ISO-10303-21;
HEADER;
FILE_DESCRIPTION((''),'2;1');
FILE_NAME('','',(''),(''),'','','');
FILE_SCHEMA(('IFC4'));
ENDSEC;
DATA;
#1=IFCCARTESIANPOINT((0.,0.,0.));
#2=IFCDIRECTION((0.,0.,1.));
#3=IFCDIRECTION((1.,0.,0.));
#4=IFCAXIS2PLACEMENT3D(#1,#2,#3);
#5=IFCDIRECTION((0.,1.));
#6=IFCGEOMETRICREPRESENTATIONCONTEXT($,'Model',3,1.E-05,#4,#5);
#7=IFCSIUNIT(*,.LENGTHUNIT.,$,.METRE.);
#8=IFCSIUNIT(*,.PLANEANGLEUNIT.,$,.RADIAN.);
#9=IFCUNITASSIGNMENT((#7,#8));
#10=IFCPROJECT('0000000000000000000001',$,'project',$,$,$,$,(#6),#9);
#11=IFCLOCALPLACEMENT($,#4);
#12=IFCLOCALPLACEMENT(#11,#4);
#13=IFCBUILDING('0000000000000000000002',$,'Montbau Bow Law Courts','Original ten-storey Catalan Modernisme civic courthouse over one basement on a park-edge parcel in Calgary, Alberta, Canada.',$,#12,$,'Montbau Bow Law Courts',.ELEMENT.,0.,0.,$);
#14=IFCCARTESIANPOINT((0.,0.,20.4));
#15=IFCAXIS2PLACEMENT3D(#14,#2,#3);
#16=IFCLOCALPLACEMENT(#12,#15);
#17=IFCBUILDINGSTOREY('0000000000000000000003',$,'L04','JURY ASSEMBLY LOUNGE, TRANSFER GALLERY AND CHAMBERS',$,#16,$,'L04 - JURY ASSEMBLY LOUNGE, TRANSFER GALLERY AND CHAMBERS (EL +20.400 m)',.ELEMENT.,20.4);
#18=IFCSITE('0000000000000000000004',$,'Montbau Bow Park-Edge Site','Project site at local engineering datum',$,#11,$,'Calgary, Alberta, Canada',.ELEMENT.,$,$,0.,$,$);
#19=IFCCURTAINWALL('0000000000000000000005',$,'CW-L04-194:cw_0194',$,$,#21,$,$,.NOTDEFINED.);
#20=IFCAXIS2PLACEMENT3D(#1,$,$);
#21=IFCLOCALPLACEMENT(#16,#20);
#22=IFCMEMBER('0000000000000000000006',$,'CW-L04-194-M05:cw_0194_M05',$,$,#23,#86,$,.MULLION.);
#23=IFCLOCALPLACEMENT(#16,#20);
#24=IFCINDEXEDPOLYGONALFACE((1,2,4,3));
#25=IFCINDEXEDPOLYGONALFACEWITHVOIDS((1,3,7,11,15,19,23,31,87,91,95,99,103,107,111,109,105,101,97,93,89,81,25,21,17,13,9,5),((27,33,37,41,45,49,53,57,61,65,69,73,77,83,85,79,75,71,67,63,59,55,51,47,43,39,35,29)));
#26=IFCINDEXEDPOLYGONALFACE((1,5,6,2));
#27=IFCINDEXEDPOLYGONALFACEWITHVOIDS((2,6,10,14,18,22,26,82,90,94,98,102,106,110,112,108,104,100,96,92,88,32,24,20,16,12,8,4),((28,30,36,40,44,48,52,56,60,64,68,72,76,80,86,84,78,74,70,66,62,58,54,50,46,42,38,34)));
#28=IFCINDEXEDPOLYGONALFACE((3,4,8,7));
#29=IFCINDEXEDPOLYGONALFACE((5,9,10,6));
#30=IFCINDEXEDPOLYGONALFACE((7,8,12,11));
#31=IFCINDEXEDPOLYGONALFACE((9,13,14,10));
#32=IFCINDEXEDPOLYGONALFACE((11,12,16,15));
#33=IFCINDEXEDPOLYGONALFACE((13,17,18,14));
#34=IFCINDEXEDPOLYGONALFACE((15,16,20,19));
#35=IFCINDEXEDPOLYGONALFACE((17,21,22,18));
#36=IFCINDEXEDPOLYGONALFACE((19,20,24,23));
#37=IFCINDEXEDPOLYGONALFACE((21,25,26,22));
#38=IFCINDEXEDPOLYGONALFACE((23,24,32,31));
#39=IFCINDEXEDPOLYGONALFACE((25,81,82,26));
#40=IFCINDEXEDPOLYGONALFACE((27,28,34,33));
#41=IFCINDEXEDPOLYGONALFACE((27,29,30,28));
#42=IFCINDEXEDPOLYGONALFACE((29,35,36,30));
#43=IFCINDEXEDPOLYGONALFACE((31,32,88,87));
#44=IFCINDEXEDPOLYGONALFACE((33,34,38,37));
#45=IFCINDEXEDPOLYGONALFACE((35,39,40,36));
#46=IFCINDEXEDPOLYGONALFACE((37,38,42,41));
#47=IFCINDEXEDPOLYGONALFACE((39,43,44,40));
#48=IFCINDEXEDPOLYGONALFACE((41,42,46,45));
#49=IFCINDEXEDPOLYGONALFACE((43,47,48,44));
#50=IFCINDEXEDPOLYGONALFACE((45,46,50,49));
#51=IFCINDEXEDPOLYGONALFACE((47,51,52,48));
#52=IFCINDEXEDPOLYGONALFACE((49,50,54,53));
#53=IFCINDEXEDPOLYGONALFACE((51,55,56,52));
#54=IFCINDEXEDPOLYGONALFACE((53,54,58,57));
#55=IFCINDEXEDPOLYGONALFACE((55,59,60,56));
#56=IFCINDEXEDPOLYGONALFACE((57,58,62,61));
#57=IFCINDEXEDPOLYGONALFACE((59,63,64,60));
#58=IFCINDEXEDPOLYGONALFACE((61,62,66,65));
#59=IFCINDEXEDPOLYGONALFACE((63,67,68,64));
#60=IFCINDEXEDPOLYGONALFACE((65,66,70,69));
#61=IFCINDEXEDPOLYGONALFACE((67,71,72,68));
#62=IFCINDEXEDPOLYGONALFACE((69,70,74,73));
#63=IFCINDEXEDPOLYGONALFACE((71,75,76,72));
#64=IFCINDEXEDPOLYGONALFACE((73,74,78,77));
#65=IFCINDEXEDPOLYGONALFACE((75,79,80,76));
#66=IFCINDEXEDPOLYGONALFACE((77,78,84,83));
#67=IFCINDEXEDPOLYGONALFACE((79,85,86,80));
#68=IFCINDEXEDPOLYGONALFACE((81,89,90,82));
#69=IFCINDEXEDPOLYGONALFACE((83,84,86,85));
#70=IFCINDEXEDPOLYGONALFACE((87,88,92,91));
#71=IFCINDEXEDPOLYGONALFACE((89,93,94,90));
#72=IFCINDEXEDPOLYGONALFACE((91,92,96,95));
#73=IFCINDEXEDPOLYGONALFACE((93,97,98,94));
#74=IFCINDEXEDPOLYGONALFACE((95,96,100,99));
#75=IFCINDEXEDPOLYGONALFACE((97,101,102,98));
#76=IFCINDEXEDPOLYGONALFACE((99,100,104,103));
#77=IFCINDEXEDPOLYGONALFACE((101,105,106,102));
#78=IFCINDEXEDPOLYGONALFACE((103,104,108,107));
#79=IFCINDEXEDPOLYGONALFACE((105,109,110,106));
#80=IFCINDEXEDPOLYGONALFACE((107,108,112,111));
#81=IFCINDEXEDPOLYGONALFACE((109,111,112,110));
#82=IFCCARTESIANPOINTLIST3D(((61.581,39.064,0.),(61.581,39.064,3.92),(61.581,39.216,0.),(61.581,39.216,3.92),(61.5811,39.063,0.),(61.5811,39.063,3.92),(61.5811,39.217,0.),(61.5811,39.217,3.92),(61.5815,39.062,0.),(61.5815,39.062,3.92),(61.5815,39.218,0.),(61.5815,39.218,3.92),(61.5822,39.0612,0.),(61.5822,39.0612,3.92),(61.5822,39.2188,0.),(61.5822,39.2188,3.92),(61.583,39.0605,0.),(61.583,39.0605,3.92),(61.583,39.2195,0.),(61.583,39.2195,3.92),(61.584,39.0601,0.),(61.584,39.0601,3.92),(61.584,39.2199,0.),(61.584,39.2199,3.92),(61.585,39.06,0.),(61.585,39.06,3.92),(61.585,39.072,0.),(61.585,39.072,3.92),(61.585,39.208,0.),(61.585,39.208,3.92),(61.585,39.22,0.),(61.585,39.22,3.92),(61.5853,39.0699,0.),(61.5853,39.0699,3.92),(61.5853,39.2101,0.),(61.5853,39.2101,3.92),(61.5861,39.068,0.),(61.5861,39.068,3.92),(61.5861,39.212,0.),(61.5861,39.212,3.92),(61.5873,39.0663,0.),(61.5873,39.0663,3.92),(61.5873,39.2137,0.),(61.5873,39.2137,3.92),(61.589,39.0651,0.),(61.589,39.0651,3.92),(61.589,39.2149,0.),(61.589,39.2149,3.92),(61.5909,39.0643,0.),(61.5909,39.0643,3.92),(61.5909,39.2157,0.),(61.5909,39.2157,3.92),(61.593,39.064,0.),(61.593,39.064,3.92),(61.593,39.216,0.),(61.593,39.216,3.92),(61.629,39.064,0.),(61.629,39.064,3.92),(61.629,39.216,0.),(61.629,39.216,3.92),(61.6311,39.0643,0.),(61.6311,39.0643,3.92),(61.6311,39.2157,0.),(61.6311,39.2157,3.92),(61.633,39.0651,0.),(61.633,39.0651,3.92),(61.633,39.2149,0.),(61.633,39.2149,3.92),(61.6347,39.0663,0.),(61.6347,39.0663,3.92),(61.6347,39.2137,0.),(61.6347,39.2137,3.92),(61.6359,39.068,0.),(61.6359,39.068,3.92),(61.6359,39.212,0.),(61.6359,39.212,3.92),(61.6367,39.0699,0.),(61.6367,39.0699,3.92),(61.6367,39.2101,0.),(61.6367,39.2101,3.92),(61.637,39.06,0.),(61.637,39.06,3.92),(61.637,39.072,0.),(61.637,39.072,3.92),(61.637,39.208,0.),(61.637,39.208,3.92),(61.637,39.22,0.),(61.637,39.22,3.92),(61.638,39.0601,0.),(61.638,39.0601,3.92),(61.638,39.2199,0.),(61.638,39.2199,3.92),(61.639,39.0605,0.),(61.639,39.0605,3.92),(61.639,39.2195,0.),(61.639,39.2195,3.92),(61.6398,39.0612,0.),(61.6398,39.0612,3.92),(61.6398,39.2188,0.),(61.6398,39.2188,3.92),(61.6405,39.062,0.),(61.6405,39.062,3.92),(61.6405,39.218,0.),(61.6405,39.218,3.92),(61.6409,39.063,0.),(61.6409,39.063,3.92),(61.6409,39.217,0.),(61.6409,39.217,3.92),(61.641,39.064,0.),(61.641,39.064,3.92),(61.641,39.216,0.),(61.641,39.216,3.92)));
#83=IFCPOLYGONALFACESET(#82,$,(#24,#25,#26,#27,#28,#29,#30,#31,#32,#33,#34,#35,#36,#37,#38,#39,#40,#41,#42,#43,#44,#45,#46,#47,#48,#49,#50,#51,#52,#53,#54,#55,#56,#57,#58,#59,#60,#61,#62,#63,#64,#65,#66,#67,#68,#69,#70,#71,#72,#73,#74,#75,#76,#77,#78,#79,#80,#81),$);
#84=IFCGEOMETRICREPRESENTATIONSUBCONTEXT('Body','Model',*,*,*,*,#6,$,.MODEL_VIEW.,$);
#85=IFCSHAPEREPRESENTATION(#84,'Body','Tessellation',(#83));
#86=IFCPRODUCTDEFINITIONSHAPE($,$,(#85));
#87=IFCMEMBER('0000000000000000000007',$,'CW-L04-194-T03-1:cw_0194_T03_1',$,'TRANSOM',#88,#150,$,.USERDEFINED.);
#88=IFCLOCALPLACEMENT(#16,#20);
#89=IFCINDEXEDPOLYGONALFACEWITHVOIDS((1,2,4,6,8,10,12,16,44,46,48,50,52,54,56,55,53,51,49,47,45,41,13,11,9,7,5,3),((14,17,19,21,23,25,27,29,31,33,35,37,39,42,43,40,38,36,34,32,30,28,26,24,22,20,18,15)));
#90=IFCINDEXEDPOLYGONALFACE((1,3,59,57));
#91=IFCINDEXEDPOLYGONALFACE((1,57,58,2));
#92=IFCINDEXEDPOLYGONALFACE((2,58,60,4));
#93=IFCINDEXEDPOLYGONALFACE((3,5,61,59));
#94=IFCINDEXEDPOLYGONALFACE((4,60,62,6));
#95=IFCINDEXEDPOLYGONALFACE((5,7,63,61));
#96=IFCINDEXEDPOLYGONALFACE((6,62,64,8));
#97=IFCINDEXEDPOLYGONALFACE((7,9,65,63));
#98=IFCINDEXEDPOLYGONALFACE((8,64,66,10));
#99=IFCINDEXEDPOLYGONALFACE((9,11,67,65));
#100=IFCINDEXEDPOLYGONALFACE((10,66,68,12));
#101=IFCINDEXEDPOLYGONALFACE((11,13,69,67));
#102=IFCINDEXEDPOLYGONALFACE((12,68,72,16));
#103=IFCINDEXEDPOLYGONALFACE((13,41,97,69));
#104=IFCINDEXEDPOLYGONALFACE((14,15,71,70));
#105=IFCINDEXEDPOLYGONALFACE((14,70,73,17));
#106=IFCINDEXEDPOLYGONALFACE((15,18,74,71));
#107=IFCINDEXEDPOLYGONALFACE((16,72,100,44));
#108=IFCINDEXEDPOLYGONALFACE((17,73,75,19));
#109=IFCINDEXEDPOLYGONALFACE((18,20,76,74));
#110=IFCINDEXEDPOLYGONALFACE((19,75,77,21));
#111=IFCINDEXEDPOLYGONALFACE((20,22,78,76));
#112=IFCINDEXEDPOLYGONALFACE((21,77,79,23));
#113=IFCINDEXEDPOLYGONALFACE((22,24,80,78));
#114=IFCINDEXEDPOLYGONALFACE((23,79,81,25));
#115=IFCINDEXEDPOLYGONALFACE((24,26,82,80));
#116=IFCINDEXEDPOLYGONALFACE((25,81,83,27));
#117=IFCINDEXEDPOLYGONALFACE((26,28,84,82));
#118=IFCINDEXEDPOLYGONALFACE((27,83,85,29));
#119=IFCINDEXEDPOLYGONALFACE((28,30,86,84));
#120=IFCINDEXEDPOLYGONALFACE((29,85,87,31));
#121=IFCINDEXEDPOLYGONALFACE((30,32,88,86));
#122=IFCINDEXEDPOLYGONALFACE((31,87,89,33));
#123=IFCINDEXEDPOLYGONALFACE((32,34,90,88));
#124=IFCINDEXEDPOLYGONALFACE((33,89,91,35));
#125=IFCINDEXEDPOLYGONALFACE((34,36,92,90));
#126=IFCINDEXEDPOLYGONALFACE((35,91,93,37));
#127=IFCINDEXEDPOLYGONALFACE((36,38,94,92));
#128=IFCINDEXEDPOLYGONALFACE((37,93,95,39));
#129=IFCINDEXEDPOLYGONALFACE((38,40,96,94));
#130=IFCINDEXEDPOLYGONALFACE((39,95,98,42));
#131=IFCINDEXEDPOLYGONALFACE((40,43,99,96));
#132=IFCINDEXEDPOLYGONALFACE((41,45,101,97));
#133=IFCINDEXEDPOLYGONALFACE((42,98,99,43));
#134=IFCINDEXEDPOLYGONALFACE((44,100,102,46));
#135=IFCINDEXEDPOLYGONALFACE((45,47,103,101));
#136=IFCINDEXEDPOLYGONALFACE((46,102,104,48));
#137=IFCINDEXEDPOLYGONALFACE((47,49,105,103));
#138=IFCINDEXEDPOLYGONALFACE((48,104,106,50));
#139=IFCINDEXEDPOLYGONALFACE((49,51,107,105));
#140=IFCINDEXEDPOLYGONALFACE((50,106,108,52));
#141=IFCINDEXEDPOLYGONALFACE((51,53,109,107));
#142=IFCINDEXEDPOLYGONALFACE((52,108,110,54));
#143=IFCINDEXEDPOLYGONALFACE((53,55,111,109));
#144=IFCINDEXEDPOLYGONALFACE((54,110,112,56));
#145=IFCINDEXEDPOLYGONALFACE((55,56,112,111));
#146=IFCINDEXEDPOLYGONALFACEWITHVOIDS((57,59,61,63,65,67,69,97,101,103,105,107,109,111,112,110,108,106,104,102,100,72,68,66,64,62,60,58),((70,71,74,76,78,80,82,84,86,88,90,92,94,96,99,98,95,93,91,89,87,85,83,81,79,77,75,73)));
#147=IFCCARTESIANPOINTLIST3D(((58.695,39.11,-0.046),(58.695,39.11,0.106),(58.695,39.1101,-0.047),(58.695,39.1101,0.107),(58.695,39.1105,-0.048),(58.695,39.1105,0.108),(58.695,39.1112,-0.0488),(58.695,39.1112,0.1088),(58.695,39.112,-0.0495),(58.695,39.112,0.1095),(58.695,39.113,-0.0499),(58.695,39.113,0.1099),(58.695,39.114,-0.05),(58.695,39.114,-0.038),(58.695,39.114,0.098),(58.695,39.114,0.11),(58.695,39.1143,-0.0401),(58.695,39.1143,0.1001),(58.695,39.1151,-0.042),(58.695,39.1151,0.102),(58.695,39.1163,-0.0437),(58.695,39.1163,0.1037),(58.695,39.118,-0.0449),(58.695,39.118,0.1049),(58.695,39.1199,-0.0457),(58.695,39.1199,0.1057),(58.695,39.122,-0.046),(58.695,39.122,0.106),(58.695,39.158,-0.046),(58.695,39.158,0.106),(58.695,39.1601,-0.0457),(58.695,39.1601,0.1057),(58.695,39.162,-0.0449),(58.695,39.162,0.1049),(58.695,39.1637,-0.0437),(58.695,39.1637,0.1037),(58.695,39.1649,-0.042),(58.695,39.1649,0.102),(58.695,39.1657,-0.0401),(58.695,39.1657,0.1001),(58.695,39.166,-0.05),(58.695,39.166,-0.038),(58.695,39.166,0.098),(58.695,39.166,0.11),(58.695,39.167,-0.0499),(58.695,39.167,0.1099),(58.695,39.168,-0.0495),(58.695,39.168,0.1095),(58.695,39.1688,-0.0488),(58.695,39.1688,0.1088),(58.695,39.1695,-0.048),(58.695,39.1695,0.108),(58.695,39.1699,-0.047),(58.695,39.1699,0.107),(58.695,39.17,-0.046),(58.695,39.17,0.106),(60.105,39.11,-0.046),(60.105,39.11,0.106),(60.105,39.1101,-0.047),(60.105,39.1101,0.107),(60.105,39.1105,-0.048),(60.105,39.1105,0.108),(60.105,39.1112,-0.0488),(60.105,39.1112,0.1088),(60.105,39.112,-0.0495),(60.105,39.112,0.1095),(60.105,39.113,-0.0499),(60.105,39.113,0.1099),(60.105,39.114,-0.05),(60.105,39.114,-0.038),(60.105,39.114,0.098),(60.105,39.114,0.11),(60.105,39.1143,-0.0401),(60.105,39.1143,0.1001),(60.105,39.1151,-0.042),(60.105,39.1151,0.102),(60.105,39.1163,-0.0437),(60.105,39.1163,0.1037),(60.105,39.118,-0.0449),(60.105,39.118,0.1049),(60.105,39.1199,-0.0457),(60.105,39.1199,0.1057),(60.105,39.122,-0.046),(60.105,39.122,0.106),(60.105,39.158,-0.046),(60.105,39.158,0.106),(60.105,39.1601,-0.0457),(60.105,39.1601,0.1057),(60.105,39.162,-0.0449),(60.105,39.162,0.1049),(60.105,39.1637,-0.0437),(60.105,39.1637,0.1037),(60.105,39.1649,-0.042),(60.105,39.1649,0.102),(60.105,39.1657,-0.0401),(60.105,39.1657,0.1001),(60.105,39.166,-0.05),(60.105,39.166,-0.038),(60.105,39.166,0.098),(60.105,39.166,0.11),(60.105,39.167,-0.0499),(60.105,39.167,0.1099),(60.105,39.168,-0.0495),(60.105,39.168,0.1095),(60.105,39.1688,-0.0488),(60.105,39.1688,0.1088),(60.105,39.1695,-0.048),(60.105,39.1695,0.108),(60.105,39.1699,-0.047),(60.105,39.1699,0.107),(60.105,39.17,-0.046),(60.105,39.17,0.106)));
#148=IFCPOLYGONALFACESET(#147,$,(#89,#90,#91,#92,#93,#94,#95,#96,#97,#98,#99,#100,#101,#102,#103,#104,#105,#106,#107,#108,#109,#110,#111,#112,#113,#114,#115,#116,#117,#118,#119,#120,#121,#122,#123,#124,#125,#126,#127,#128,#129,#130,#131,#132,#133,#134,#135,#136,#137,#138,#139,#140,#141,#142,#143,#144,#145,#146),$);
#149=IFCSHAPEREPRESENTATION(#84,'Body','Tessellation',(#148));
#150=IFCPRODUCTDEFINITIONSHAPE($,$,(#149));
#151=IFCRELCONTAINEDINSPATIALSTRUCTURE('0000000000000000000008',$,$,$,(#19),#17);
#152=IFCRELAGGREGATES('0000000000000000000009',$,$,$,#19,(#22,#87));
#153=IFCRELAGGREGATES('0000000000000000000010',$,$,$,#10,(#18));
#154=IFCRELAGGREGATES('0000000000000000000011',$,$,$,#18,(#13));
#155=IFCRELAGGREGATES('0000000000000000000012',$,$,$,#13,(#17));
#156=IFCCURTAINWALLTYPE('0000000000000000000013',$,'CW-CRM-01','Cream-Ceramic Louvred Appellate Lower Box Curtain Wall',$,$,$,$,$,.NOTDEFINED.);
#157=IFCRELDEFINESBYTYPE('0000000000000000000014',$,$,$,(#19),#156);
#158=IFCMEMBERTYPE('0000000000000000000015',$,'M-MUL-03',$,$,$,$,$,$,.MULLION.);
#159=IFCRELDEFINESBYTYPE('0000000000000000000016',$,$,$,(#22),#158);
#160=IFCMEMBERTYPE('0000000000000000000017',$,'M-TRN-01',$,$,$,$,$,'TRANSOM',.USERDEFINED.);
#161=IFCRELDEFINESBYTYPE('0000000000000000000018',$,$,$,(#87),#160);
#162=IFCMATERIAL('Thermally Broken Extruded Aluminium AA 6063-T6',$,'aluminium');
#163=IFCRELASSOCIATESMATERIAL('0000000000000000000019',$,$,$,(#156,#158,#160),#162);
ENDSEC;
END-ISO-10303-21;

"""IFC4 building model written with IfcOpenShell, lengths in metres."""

from ifc_helpers import new_model, si_unit, direction, frame, origin_with_axes, origin_2d_with_axis, place, context, subcontext, project, spatial, hollow_rectangle, extrude, material, material_profile, profile_set, type_object, element, aggregate, save


model = new_model("IFC4")

# Units and contexts
model_context = context("Model", 3, precision=1e-05, world=origin_with_axes(), true_north=direction((0.0, 1.0)))
body_context = subcontext(model_context, "Body", "Model", "MODEL_VIEW")
ifc_project = project(units=[si_unit("LENGTHUNIT", "METRE"), si_unit("PLANEANGLEUNIT", "RADIAN")], contexts=[model_context])

# Site, building, storey
site_placement = place(None, origin_with_axes())
site = spatial("IfcSite", under=ifc_project, at=site_placement, Name="Montbau Bow Park-Edge Site", Description="Project site at local engineering datum", LongName="Calgary, Alberta, Canada", CompositionType="ELEMENT", RefElevation=0.0)
building_placement = place(site_placement, origin_with_axes())
building = spatial("IfcBuilding", under=site, at=building_placement, Name="Montbau Bow Law Courts", Description="Original ten-storey Catalan Modernisme civic courthouse over one basement on a park-edge parcel in Calgary, Alberta, Canada.", LongName="Montbau Bow Law Courts", CompositionType="ELEMENT", ElevationOfRefHeight=0.0, ElevationOfTerrain=0.0)
storey_placement = place(building_placement, frame((0.0, 0.0, 20.4), z_axis=(0.0, 0.0, 1.0), x_axis=(1.0, 0.0, 0.0)))
storey = spatial("IfcBuildingStorey", under=building, at=storey_placement, Name="L04", Description="JURY ASSEMBLY LOUNGE, TRANSFER GALLERY AND CHAMBERS", LongName="L04 - JURY ASSEMBLY LOUNGE, TRANSFER GALLERY AND CHAMBERS (EL +20.400 m)", CompositionType="ELEMENT", Elevation=20.4)

# Curtain wall, members
ifc_material_1 = material(Name="Thermally Broken Extruded Aluminium AA 6063-T6", Category="aluminium")
curtain_wall_type = type_object("IfcCurtainWallType", Name="CW-CRM-01", Description="Cream-Ceramic Louvred Appellate Lower Box Curtain Wall", PredefinedType="NOTDEFINED", material=ifc_material_1)
curtain_wall_placement = place(None, frame((55.715, 39.14, 20.4), z_axis=(0.0, 0.0, 1.0), x_axis=(1.0, 0.0, 0.0)))
curtain_wall = element("IfcCurtainWall", 1, at=curtain_wall_placement, inside=storey, type_object=curtain_wall_type, Name="CW-L04-194:cw_0194", PredefinedType="NOTDEFINED")
ifc_material_profile_1 = material_profile(ifc_material_1, hollow_rectangle(XDim=0.06, YDim=0.16, WallThickness=0.004, InnerFilletRadius=0.008, OuterFilletRadius=0.004, at=origin_2d_with_axis()), Name="CWM-160X60", Category="Main", Priority=0)
ifc_profile_set_1 = profile_set([ifc_material_profile_1], Name="Thermally Broken Extruded Aluminium AA 6063-T6")
member_type_1 = type_object("IfcMemberType", Name="M-MUL-03", PredefinedType="MULLION", material=ifc_profile_set_1)
member_1_placement = place(None, frame((61.611, 39.14, 20.4), z_axis=(0.0, 0.0, 1.0), x_axis=(1.0, 0.0, 0.0)))
member_1 = element("IfcMember", 2, at=member_1_placement, type_object=member_type_1, Name="CW-L04-194-M05:cw_0194_M05", PredefinedType="MULLION", context=body_context, shape_type="SweptSolid", body=[
    extrude(hollow_rectangle(XDim=0.06, YDim=0.16, WallThickness=0.004, InnerFilletRadius=0.008, OuterFilletRadius=0.004, at=origin_2d_with_axis()), origin_with_axes(), (0.0, 0.0, 1.0), 3.92),
])
ifc_material_profile_2 = material_profile(ifc_material_1, hollow_rectangle(XDim=0.06, YDim=0.16, WallThickness=0.004, InnerFilletRadius=0.008, OuterFilletRadius=0.004, at=origin_2d_with_axis()), Name="CWT-160X60", Category="Main", Priority=0)
ifc_profile_set_2 = profile_set([ifc_material_profile_2], Name="Thermally Broken Extruded Aluminium AA 6063-T6")
member_type_2 = type_object("IfcMemberType", Name="M-TRN-01", ElementType="TRANSOM", PredefinedType="USERDEFINED", material=ifc_profile_set_2)
member_2_placement = place(None, frame((58.695, 39.14, 20.43), z_axis=(1.0, 0.0, 0.0), x_axis=(0.0, 1.0, 0.0)))
member_2 = element("IfcMember", 3, at=member_2_placement, type_object=member_type_2, Name="CW-L04-194-T03-1:cw_0194_T03_1", ObjectType="TRANSOM", PredefinedType="USERDEFINED", context=body_context, shape_type="SweptSolid", body=[
    extrude(hollow_rectangle(XDim=0.06, YDim=0.16, WallThickness=0.004, InnerFilletRadius=0.008, OuterFilletRadius=0.004, at=origin_2d_with_axis()), origin_with_axes(), (0.0, 0.0, 1.0), 1.41),
])
aggregate(curtain_wall, [member_1, member_2])

save(model, "model.ifc")
